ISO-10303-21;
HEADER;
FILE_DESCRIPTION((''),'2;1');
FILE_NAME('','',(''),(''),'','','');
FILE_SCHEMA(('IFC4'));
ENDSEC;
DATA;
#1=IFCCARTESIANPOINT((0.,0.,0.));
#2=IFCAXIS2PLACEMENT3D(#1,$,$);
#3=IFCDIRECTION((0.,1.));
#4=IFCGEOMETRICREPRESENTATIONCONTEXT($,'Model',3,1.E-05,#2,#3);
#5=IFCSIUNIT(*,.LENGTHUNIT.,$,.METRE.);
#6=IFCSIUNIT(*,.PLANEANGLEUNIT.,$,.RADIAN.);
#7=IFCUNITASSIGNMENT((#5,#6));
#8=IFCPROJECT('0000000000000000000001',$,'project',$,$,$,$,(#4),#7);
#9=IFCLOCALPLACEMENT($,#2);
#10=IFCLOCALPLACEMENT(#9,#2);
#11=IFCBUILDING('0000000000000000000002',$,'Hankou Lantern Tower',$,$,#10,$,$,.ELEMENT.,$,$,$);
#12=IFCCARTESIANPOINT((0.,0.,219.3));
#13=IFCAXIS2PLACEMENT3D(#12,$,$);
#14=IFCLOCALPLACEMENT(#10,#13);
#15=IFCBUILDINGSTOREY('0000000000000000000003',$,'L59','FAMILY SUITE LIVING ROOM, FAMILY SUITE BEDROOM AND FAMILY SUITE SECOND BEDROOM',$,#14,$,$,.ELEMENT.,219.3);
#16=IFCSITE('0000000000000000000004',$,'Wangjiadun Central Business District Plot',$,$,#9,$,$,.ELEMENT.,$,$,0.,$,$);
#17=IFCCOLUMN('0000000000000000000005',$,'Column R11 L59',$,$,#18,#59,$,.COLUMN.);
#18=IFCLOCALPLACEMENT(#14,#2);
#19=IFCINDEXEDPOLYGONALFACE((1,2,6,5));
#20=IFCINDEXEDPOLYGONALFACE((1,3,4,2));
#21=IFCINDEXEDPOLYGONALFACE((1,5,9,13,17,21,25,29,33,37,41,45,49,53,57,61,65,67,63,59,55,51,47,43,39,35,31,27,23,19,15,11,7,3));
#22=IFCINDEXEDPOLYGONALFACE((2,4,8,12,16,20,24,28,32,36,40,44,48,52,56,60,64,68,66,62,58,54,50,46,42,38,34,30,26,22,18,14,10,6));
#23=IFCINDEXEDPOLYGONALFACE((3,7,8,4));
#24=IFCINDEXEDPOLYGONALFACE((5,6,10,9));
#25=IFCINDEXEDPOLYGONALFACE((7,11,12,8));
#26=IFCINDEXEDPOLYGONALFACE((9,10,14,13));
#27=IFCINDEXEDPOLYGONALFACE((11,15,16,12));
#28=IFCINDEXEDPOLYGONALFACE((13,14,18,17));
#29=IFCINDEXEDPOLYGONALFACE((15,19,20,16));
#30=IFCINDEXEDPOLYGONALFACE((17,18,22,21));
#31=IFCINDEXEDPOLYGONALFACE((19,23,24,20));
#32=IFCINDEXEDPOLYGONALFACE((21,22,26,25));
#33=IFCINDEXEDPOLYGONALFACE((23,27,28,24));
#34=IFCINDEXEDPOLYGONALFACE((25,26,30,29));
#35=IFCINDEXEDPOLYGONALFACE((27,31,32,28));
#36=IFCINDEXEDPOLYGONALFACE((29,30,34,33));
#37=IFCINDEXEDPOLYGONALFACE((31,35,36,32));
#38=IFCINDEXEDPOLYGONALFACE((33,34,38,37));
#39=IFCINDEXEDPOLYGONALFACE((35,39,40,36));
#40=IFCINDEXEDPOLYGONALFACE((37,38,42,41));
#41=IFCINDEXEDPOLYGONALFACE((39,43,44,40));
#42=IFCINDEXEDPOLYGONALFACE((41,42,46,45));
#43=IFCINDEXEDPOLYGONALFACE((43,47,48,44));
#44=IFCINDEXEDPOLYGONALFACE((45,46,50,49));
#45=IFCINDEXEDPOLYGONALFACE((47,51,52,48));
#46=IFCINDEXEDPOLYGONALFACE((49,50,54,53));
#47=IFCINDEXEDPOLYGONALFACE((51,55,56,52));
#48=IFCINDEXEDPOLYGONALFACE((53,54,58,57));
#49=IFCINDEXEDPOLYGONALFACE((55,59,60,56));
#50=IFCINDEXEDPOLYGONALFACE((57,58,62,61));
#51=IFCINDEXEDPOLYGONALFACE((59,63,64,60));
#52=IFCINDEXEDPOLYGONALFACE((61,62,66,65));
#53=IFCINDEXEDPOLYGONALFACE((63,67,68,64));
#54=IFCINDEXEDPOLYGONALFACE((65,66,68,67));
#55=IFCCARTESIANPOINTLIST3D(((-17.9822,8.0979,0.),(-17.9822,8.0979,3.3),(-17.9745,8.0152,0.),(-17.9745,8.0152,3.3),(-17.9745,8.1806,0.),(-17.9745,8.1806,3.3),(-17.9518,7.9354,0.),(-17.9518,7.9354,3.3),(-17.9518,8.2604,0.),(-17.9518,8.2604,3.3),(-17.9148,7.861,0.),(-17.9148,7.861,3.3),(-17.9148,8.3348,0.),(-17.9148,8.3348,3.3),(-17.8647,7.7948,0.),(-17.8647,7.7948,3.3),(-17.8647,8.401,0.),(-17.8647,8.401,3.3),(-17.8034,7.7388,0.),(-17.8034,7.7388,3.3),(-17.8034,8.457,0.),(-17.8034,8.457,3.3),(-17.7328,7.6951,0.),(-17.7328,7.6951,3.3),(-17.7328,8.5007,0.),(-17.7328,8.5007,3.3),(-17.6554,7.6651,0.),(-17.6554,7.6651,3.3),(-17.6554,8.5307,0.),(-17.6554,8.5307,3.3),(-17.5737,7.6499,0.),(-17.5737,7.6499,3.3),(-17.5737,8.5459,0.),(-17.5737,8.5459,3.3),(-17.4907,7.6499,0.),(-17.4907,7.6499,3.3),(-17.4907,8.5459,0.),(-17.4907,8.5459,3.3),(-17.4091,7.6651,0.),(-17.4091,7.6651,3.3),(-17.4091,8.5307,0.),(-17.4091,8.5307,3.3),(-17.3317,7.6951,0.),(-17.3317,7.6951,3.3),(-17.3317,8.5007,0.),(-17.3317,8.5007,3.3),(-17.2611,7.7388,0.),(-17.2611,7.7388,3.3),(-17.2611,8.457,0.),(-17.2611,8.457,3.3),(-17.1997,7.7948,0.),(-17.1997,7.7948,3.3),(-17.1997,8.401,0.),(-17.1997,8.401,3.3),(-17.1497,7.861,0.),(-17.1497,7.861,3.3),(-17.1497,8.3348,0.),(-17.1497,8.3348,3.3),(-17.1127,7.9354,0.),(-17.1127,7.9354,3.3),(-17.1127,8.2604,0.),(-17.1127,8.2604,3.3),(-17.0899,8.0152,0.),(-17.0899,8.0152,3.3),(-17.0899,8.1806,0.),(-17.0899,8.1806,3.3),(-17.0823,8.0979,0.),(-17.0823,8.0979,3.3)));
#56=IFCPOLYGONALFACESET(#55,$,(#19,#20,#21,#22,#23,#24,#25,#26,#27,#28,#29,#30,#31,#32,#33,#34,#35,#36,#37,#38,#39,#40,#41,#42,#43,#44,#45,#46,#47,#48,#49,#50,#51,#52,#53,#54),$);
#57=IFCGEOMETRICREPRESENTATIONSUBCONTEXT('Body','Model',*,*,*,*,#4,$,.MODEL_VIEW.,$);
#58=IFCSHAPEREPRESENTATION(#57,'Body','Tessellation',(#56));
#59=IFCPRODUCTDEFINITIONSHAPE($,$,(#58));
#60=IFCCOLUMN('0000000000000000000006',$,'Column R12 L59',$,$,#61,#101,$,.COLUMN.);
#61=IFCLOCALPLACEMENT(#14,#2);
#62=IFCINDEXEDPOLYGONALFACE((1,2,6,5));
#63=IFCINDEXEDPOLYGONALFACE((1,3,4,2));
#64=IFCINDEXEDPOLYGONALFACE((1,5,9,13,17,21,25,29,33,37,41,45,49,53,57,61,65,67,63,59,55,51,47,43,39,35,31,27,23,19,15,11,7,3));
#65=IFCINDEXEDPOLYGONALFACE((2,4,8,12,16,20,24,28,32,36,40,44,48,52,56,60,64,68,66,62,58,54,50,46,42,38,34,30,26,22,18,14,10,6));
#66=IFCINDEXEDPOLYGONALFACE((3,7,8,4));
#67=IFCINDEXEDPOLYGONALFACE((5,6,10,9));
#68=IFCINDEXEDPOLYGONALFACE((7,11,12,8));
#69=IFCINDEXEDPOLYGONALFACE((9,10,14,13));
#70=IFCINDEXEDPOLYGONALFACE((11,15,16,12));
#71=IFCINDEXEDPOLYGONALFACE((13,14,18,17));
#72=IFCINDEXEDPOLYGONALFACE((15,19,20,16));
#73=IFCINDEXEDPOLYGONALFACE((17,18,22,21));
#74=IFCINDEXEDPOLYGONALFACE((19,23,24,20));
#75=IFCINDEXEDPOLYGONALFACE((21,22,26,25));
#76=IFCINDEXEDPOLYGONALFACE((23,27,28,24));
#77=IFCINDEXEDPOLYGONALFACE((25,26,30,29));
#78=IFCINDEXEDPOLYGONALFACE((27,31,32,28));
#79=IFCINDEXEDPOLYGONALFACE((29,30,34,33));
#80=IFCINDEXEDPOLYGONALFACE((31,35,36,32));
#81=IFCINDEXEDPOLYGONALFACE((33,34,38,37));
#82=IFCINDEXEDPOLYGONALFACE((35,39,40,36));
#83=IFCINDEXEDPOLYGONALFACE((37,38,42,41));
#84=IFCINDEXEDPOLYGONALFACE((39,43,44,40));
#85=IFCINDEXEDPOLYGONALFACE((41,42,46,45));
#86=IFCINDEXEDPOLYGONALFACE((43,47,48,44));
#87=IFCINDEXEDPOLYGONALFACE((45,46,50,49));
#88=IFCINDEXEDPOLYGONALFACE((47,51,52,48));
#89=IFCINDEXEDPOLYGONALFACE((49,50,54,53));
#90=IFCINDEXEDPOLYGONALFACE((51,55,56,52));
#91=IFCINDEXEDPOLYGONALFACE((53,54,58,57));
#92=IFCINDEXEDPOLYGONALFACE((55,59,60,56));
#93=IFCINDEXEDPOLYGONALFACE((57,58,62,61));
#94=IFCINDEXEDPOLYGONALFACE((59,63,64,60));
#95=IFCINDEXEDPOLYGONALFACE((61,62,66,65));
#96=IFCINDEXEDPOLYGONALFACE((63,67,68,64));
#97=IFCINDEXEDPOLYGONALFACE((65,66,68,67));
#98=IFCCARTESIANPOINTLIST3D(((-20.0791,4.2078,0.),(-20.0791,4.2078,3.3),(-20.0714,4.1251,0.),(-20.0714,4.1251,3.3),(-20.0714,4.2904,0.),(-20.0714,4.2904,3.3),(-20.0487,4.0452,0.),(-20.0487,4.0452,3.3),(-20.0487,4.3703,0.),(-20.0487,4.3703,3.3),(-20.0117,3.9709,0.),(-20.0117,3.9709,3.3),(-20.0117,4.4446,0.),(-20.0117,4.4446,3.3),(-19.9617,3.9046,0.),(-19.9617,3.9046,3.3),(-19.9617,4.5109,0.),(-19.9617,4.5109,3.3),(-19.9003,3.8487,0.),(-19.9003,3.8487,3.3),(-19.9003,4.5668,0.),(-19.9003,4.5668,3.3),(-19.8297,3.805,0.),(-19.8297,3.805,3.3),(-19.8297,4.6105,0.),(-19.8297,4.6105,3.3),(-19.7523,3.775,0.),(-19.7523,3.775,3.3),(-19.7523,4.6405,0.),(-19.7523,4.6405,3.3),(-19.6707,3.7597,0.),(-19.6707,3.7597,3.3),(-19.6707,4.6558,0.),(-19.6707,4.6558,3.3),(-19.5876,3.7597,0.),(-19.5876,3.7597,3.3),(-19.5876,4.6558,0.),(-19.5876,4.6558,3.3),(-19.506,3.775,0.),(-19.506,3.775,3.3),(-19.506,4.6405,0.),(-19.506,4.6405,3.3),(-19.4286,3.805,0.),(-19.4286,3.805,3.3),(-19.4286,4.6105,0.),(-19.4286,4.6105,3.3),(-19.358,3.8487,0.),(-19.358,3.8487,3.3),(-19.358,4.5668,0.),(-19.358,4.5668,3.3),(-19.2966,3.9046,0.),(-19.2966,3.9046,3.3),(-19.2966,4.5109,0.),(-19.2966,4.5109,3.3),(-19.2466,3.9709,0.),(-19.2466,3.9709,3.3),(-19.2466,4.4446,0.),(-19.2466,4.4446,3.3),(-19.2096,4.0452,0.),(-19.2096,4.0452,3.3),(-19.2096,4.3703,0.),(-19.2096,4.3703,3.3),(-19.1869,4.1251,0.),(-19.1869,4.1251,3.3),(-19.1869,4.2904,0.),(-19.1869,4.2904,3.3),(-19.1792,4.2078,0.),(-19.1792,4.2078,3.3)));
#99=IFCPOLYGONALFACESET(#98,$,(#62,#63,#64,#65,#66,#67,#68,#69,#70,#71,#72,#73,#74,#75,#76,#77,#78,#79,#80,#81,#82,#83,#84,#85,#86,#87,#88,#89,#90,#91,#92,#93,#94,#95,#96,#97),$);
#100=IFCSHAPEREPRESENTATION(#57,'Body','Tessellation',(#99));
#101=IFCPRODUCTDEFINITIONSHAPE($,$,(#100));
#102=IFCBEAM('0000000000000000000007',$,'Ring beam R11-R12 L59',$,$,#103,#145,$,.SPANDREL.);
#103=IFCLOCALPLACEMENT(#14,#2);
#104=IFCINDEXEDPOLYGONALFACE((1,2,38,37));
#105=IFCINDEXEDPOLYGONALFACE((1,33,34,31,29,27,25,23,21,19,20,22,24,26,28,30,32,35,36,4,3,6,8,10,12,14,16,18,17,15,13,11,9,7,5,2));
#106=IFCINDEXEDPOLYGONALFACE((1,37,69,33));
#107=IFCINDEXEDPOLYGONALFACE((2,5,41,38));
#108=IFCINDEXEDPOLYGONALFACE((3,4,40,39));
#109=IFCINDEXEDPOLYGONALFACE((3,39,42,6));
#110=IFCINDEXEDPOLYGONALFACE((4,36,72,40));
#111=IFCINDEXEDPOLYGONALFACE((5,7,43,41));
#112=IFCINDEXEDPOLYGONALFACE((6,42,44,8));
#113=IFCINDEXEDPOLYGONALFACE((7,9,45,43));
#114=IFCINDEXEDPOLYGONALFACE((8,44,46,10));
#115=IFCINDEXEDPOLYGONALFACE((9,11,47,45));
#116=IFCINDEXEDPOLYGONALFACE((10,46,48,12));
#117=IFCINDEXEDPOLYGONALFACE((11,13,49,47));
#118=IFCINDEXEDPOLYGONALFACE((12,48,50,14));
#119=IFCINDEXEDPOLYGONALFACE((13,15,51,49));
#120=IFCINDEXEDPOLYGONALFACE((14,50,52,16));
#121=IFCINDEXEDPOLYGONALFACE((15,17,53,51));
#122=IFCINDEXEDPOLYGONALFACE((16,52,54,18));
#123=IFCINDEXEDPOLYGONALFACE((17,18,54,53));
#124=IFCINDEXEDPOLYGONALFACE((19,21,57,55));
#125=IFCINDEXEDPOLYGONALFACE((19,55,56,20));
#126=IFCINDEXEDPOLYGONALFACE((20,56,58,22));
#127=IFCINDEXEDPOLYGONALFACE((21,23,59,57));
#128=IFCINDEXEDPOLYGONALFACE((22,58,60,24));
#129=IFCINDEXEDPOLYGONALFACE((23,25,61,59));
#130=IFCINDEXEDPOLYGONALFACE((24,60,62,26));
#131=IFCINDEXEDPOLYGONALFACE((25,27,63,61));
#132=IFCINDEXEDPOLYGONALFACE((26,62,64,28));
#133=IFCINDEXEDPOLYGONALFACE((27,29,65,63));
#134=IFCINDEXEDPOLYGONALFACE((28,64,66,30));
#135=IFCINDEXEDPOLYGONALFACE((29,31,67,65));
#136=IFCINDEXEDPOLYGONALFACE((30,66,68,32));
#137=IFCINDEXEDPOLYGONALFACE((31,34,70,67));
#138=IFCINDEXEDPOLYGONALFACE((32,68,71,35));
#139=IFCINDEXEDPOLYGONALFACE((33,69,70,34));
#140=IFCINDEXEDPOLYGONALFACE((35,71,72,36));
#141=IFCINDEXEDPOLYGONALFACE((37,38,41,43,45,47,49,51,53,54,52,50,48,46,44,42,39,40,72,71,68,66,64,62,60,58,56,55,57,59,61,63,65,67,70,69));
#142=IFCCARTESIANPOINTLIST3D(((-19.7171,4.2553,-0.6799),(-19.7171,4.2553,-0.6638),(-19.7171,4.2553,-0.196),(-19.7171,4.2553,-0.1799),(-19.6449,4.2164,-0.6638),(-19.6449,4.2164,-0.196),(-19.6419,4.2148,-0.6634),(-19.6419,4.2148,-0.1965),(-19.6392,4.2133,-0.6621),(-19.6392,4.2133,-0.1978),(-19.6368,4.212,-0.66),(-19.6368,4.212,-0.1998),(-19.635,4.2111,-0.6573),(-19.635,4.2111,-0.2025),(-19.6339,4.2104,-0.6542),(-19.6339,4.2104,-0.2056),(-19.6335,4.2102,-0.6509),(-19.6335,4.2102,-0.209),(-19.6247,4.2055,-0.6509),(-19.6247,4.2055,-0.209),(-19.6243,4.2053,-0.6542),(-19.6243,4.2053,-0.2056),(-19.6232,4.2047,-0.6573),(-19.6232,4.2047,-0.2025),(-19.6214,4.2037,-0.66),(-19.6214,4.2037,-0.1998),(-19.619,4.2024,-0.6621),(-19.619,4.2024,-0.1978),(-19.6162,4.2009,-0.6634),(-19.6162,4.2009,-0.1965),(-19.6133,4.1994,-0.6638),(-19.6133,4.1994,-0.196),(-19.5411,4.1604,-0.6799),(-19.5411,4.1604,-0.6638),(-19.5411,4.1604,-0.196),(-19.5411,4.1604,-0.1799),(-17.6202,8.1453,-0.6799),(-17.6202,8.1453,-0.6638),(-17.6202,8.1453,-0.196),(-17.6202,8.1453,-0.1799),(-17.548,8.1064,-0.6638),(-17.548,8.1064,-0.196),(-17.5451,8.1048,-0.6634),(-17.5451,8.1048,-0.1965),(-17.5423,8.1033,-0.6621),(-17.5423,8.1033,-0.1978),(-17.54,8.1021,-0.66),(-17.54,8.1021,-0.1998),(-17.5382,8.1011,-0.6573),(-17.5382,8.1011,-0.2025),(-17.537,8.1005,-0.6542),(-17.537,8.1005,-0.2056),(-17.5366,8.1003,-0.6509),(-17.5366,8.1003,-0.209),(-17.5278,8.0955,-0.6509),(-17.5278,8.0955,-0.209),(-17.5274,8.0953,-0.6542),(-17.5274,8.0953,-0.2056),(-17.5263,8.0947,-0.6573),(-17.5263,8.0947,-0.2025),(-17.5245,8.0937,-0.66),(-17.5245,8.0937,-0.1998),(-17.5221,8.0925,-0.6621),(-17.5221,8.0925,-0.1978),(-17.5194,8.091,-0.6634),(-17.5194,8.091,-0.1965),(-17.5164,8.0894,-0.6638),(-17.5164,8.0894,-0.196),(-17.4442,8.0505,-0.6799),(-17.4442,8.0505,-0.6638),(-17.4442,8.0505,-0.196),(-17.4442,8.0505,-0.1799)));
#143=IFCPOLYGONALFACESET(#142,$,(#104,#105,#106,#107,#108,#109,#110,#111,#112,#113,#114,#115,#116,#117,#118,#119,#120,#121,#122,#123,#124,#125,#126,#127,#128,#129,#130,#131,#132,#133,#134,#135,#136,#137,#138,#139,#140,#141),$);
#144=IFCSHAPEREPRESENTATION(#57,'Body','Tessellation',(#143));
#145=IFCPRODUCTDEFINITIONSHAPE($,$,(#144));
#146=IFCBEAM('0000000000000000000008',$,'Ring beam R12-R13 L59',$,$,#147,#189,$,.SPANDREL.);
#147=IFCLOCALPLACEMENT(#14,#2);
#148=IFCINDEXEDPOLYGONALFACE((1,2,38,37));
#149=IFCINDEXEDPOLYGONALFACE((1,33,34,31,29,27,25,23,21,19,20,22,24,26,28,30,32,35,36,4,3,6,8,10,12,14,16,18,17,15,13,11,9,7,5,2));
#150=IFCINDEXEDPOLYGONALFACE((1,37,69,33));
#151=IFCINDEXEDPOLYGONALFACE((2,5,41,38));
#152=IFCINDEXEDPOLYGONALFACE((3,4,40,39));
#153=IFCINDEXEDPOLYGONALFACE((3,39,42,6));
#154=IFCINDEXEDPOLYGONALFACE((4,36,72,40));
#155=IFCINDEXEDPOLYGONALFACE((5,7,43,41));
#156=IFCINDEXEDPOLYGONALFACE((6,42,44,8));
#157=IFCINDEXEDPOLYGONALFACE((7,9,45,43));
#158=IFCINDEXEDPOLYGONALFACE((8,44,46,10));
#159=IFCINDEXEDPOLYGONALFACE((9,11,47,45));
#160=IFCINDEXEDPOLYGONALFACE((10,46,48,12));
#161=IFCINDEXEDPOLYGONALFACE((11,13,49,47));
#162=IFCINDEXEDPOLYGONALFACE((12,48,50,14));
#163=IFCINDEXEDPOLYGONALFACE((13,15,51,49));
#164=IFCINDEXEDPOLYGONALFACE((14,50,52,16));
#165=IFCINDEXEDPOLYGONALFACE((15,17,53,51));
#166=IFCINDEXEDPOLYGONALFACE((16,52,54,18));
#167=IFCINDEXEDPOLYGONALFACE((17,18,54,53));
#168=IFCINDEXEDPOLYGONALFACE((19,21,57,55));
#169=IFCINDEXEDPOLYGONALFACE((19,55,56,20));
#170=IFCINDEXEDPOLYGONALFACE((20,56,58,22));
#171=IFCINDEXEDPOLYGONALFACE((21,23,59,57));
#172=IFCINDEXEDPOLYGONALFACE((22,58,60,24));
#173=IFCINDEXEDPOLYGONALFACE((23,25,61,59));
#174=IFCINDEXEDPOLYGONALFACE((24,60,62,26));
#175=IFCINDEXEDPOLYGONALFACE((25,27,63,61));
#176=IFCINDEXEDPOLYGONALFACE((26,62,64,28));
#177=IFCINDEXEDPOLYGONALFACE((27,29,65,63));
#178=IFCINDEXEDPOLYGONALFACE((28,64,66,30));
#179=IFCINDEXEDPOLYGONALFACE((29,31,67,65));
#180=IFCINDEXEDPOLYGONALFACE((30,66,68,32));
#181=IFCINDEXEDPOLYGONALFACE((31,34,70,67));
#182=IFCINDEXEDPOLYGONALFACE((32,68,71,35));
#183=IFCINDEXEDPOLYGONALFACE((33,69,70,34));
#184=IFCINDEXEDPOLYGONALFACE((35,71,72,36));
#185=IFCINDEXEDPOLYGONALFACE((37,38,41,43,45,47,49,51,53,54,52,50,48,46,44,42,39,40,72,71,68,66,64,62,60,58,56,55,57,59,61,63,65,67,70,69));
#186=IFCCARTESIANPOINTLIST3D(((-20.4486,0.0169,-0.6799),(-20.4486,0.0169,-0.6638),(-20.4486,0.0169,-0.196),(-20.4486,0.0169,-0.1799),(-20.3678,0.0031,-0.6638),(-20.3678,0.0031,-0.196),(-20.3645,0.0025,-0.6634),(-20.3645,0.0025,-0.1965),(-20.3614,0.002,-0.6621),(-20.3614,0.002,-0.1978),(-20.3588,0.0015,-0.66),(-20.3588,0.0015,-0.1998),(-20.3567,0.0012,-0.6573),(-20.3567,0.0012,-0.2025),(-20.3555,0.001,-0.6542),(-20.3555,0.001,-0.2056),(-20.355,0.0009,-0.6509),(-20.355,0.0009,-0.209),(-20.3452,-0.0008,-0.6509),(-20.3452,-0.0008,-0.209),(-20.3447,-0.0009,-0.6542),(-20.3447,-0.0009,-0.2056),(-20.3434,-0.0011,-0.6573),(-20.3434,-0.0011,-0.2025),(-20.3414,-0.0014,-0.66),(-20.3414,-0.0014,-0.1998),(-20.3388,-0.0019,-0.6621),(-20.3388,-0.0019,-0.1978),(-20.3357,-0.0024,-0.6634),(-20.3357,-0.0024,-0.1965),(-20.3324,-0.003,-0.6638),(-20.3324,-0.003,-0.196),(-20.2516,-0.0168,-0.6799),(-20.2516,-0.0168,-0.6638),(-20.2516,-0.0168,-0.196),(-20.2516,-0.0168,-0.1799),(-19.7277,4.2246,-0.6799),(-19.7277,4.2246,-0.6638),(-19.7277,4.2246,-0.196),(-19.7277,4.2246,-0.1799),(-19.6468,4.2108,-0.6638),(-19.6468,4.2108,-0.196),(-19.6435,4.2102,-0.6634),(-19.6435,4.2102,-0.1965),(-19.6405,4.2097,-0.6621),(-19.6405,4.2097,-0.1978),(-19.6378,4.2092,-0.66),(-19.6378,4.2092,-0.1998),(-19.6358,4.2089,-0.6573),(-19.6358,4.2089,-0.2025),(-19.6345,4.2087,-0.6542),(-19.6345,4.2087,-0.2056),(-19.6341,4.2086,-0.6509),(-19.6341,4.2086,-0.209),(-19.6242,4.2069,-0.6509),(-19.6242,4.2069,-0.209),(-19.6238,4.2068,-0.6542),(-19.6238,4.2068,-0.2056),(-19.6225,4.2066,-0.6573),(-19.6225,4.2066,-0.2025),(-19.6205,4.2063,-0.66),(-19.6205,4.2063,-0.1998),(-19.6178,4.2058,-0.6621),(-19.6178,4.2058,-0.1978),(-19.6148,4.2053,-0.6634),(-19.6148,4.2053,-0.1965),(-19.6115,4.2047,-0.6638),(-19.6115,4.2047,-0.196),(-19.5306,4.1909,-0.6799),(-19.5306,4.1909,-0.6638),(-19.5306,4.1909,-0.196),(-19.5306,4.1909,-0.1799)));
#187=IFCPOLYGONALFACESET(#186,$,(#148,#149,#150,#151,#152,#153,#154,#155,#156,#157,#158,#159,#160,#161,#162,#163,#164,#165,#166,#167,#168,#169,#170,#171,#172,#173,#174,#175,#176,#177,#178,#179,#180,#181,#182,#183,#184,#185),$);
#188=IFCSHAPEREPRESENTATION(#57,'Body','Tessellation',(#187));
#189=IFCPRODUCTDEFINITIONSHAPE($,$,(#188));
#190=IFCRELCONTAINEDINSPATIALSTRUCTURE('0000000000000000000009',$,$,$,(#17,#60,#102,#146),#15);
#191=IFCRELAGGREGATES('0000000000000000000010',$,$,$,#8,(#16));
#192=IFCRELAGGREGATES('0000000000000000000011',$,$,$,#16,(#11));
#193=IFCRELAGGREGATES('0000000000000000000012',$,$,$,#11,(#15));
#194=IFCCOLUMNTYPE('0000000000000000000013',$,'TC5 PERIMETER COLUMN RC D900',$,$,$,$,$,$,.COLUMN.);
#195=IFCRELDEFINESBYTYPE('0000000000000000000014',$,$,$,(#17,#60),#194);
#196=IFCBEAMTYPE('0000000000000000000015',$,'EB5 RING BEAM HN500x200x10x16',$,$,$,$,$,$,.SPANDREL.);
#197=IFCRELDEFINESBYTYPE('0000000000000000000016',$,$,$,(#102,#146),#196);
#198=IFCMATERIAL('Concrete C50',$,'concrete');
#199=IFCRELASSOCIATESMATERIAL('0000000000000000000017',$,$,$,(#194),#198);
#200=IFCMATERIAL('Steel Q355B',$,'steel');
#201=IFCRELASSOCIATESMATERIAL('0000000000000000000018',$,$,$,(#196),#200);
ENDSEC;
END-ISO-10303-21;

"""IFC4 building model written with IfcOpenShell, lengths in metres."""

from ifc_helpers import new_model, si_unit, direction, frame, origin, origin_2d, place, context, subcontext, project, spatial, circle, i_section, extrude, material, material_profile, profile_set, type_object, element, save


model = new_model("IFC4")

# Units and contexts
model_context = context("Model", 3, precision=1e-05, world=origin(), true_north=direction((0.0, 1.0)))
body_context = subcontext(model_context, "Body", "Model", "MODEL_VIEW")
ifc_project = project(units=[si_unit("LENGTHUNIT", "METRE"), si_unit("PLANEANGLEUNIT", "RADIAN")], contexts=[model_context])

# Site, building, storey
site_placement = place(None, origin())
site = spatial("IfcSite", under=ifc_project, at=site_placement, Name="Wangjiadun Central Business District Plot", CompositionType="ELEMENT", RefElevation=0.0)
building_placement = place(site_placement, origin())
building = spatial("IfcBuilding", under=site, at=building_placement, Name="Hankou Lantern Tower", CompositionType="ELEMENT")
storey_placement = place(building_placement, frame((0.0, 0.0, 219.3)))
storey = spatial("IfcBuildingStorey", under=building, at=storey_placement, Name="L59", Description="FAMILY SUITE LIVING ROOM, FAMILY SUITE BEDROOM AND FAMILY SUITE SECOND BEDROOM", CompositionType="ELEMENT", Elevation=219.3)

# Columns
ifc_material_1 = material(Name="Concrete C50", Category="concrete")
ifc_material_profile_1 = material_profile(ifc_material_1, circle(Radius=0.45, at=origin_2d()), Name="RC D900")
ifc_profile_set_1 = profile_set([ifc_material_profile_1], Name="Concrete C50")
column_type = type_object("IfcColumnType", Name="TC5 PERIMETER COLUMN RC D900", PredefinedType="COLUMN", material=ifc_profile_set_1)
for number, where, z_axis, x_axis, name in (
    (1, (-17.5322, 8.0979, 0.0), (0.0, 0.0, 1.0), (1.0, 0.0, 0.0), "Column R11 L59"),
    (2, (-19.6292, 4.2078, 0.0), (0.0, 0.0, 1.0), (1.0, 0.0, 0.0), "Column R12 L59"),
):
    element("IfcColumn", number, at=place(storey_placement, frame(where, z_axis=z_axis, x_axis=x_axis)), inside=storey, type_object=column_type, Name=name, PredefinedType="COLUMN", context=body_context, shape_type="SweptSolid", body=[
        extrude(circle(Radius=0.45, at=origin_2d()), origin(), (0.0, 0.0, 1.0), 3.3),
    ])

# Beams
ifc_material_2 = material(Name="Steel Q355B", Category="steel")
ifc_material_profile_2 = material_profile(ifc_material_2, i_section(OverallWidth=0.2, OverallDepth=0.5, WebThickness=0.01, FlangeThickness=0.0161, FilletRadius=0.0129, at=origin_2d()), Name="HN500x200x10x16")
ifc_profile_set_2 = profile_set([ifc_material_profile_2], Name="Steel Q355B")
beam_type_1 = type_object("IfcBeamType", Name="EB5 RING BEAM HN500x200x10x16", PredefinedType="SPANDREL", material=ifc_profile_set_2)
beam_1_placement = place(storey_placement, frame((-17.5322, 8.0979, -0.4299), z_axis=(-0.474492, -0.88026, 0.0), x_axis=(0.88026, -0.474492, 0.0)))
element("IfcBeam", 3, at=beam_1_placement, inside=storey, type_object=beam_type_1, Name="Ring beam R11-R12 L59", PredefinedType="SPANDREL", context=body_context, shape_type="SweptSolid", body=[
    extrude(i_section(OverallWidth=0.2, OverallDepth=0.5, WebThickness=0.01, FlangeThickness=0.0161, FilletRadius=0.0129, at=origin_2d()), origin(), (0.0, 0.0, 1.0), 4.4192),
])
beam_2_placement = place(storey_placement, frame((-19.6292, 4.2078, -0.4299), z_axis=(-0.168877, -0.985637, 0.0), x_axis=(0.985637, -0.168877, 0.0)))
element("IfcBeam", 4, at=beam_2_placement, inside=storey, type_object=beam_type_1, Name="Ring beam R12-R13 L59", PredefinedType="SPANDREL", context=body_context, shape_type="SweptSolid", body=[
    extrude(i_section(OverallWidth=0.2, OverallDepth=0.5, WebThickness=0.01, FlangeThickness=0.0161, FilletRadius=0.0129, at=origin_2d()), origin(), (0.0, 0.0, 1.0), 4.269),
])

save(model, "model.ifc")
